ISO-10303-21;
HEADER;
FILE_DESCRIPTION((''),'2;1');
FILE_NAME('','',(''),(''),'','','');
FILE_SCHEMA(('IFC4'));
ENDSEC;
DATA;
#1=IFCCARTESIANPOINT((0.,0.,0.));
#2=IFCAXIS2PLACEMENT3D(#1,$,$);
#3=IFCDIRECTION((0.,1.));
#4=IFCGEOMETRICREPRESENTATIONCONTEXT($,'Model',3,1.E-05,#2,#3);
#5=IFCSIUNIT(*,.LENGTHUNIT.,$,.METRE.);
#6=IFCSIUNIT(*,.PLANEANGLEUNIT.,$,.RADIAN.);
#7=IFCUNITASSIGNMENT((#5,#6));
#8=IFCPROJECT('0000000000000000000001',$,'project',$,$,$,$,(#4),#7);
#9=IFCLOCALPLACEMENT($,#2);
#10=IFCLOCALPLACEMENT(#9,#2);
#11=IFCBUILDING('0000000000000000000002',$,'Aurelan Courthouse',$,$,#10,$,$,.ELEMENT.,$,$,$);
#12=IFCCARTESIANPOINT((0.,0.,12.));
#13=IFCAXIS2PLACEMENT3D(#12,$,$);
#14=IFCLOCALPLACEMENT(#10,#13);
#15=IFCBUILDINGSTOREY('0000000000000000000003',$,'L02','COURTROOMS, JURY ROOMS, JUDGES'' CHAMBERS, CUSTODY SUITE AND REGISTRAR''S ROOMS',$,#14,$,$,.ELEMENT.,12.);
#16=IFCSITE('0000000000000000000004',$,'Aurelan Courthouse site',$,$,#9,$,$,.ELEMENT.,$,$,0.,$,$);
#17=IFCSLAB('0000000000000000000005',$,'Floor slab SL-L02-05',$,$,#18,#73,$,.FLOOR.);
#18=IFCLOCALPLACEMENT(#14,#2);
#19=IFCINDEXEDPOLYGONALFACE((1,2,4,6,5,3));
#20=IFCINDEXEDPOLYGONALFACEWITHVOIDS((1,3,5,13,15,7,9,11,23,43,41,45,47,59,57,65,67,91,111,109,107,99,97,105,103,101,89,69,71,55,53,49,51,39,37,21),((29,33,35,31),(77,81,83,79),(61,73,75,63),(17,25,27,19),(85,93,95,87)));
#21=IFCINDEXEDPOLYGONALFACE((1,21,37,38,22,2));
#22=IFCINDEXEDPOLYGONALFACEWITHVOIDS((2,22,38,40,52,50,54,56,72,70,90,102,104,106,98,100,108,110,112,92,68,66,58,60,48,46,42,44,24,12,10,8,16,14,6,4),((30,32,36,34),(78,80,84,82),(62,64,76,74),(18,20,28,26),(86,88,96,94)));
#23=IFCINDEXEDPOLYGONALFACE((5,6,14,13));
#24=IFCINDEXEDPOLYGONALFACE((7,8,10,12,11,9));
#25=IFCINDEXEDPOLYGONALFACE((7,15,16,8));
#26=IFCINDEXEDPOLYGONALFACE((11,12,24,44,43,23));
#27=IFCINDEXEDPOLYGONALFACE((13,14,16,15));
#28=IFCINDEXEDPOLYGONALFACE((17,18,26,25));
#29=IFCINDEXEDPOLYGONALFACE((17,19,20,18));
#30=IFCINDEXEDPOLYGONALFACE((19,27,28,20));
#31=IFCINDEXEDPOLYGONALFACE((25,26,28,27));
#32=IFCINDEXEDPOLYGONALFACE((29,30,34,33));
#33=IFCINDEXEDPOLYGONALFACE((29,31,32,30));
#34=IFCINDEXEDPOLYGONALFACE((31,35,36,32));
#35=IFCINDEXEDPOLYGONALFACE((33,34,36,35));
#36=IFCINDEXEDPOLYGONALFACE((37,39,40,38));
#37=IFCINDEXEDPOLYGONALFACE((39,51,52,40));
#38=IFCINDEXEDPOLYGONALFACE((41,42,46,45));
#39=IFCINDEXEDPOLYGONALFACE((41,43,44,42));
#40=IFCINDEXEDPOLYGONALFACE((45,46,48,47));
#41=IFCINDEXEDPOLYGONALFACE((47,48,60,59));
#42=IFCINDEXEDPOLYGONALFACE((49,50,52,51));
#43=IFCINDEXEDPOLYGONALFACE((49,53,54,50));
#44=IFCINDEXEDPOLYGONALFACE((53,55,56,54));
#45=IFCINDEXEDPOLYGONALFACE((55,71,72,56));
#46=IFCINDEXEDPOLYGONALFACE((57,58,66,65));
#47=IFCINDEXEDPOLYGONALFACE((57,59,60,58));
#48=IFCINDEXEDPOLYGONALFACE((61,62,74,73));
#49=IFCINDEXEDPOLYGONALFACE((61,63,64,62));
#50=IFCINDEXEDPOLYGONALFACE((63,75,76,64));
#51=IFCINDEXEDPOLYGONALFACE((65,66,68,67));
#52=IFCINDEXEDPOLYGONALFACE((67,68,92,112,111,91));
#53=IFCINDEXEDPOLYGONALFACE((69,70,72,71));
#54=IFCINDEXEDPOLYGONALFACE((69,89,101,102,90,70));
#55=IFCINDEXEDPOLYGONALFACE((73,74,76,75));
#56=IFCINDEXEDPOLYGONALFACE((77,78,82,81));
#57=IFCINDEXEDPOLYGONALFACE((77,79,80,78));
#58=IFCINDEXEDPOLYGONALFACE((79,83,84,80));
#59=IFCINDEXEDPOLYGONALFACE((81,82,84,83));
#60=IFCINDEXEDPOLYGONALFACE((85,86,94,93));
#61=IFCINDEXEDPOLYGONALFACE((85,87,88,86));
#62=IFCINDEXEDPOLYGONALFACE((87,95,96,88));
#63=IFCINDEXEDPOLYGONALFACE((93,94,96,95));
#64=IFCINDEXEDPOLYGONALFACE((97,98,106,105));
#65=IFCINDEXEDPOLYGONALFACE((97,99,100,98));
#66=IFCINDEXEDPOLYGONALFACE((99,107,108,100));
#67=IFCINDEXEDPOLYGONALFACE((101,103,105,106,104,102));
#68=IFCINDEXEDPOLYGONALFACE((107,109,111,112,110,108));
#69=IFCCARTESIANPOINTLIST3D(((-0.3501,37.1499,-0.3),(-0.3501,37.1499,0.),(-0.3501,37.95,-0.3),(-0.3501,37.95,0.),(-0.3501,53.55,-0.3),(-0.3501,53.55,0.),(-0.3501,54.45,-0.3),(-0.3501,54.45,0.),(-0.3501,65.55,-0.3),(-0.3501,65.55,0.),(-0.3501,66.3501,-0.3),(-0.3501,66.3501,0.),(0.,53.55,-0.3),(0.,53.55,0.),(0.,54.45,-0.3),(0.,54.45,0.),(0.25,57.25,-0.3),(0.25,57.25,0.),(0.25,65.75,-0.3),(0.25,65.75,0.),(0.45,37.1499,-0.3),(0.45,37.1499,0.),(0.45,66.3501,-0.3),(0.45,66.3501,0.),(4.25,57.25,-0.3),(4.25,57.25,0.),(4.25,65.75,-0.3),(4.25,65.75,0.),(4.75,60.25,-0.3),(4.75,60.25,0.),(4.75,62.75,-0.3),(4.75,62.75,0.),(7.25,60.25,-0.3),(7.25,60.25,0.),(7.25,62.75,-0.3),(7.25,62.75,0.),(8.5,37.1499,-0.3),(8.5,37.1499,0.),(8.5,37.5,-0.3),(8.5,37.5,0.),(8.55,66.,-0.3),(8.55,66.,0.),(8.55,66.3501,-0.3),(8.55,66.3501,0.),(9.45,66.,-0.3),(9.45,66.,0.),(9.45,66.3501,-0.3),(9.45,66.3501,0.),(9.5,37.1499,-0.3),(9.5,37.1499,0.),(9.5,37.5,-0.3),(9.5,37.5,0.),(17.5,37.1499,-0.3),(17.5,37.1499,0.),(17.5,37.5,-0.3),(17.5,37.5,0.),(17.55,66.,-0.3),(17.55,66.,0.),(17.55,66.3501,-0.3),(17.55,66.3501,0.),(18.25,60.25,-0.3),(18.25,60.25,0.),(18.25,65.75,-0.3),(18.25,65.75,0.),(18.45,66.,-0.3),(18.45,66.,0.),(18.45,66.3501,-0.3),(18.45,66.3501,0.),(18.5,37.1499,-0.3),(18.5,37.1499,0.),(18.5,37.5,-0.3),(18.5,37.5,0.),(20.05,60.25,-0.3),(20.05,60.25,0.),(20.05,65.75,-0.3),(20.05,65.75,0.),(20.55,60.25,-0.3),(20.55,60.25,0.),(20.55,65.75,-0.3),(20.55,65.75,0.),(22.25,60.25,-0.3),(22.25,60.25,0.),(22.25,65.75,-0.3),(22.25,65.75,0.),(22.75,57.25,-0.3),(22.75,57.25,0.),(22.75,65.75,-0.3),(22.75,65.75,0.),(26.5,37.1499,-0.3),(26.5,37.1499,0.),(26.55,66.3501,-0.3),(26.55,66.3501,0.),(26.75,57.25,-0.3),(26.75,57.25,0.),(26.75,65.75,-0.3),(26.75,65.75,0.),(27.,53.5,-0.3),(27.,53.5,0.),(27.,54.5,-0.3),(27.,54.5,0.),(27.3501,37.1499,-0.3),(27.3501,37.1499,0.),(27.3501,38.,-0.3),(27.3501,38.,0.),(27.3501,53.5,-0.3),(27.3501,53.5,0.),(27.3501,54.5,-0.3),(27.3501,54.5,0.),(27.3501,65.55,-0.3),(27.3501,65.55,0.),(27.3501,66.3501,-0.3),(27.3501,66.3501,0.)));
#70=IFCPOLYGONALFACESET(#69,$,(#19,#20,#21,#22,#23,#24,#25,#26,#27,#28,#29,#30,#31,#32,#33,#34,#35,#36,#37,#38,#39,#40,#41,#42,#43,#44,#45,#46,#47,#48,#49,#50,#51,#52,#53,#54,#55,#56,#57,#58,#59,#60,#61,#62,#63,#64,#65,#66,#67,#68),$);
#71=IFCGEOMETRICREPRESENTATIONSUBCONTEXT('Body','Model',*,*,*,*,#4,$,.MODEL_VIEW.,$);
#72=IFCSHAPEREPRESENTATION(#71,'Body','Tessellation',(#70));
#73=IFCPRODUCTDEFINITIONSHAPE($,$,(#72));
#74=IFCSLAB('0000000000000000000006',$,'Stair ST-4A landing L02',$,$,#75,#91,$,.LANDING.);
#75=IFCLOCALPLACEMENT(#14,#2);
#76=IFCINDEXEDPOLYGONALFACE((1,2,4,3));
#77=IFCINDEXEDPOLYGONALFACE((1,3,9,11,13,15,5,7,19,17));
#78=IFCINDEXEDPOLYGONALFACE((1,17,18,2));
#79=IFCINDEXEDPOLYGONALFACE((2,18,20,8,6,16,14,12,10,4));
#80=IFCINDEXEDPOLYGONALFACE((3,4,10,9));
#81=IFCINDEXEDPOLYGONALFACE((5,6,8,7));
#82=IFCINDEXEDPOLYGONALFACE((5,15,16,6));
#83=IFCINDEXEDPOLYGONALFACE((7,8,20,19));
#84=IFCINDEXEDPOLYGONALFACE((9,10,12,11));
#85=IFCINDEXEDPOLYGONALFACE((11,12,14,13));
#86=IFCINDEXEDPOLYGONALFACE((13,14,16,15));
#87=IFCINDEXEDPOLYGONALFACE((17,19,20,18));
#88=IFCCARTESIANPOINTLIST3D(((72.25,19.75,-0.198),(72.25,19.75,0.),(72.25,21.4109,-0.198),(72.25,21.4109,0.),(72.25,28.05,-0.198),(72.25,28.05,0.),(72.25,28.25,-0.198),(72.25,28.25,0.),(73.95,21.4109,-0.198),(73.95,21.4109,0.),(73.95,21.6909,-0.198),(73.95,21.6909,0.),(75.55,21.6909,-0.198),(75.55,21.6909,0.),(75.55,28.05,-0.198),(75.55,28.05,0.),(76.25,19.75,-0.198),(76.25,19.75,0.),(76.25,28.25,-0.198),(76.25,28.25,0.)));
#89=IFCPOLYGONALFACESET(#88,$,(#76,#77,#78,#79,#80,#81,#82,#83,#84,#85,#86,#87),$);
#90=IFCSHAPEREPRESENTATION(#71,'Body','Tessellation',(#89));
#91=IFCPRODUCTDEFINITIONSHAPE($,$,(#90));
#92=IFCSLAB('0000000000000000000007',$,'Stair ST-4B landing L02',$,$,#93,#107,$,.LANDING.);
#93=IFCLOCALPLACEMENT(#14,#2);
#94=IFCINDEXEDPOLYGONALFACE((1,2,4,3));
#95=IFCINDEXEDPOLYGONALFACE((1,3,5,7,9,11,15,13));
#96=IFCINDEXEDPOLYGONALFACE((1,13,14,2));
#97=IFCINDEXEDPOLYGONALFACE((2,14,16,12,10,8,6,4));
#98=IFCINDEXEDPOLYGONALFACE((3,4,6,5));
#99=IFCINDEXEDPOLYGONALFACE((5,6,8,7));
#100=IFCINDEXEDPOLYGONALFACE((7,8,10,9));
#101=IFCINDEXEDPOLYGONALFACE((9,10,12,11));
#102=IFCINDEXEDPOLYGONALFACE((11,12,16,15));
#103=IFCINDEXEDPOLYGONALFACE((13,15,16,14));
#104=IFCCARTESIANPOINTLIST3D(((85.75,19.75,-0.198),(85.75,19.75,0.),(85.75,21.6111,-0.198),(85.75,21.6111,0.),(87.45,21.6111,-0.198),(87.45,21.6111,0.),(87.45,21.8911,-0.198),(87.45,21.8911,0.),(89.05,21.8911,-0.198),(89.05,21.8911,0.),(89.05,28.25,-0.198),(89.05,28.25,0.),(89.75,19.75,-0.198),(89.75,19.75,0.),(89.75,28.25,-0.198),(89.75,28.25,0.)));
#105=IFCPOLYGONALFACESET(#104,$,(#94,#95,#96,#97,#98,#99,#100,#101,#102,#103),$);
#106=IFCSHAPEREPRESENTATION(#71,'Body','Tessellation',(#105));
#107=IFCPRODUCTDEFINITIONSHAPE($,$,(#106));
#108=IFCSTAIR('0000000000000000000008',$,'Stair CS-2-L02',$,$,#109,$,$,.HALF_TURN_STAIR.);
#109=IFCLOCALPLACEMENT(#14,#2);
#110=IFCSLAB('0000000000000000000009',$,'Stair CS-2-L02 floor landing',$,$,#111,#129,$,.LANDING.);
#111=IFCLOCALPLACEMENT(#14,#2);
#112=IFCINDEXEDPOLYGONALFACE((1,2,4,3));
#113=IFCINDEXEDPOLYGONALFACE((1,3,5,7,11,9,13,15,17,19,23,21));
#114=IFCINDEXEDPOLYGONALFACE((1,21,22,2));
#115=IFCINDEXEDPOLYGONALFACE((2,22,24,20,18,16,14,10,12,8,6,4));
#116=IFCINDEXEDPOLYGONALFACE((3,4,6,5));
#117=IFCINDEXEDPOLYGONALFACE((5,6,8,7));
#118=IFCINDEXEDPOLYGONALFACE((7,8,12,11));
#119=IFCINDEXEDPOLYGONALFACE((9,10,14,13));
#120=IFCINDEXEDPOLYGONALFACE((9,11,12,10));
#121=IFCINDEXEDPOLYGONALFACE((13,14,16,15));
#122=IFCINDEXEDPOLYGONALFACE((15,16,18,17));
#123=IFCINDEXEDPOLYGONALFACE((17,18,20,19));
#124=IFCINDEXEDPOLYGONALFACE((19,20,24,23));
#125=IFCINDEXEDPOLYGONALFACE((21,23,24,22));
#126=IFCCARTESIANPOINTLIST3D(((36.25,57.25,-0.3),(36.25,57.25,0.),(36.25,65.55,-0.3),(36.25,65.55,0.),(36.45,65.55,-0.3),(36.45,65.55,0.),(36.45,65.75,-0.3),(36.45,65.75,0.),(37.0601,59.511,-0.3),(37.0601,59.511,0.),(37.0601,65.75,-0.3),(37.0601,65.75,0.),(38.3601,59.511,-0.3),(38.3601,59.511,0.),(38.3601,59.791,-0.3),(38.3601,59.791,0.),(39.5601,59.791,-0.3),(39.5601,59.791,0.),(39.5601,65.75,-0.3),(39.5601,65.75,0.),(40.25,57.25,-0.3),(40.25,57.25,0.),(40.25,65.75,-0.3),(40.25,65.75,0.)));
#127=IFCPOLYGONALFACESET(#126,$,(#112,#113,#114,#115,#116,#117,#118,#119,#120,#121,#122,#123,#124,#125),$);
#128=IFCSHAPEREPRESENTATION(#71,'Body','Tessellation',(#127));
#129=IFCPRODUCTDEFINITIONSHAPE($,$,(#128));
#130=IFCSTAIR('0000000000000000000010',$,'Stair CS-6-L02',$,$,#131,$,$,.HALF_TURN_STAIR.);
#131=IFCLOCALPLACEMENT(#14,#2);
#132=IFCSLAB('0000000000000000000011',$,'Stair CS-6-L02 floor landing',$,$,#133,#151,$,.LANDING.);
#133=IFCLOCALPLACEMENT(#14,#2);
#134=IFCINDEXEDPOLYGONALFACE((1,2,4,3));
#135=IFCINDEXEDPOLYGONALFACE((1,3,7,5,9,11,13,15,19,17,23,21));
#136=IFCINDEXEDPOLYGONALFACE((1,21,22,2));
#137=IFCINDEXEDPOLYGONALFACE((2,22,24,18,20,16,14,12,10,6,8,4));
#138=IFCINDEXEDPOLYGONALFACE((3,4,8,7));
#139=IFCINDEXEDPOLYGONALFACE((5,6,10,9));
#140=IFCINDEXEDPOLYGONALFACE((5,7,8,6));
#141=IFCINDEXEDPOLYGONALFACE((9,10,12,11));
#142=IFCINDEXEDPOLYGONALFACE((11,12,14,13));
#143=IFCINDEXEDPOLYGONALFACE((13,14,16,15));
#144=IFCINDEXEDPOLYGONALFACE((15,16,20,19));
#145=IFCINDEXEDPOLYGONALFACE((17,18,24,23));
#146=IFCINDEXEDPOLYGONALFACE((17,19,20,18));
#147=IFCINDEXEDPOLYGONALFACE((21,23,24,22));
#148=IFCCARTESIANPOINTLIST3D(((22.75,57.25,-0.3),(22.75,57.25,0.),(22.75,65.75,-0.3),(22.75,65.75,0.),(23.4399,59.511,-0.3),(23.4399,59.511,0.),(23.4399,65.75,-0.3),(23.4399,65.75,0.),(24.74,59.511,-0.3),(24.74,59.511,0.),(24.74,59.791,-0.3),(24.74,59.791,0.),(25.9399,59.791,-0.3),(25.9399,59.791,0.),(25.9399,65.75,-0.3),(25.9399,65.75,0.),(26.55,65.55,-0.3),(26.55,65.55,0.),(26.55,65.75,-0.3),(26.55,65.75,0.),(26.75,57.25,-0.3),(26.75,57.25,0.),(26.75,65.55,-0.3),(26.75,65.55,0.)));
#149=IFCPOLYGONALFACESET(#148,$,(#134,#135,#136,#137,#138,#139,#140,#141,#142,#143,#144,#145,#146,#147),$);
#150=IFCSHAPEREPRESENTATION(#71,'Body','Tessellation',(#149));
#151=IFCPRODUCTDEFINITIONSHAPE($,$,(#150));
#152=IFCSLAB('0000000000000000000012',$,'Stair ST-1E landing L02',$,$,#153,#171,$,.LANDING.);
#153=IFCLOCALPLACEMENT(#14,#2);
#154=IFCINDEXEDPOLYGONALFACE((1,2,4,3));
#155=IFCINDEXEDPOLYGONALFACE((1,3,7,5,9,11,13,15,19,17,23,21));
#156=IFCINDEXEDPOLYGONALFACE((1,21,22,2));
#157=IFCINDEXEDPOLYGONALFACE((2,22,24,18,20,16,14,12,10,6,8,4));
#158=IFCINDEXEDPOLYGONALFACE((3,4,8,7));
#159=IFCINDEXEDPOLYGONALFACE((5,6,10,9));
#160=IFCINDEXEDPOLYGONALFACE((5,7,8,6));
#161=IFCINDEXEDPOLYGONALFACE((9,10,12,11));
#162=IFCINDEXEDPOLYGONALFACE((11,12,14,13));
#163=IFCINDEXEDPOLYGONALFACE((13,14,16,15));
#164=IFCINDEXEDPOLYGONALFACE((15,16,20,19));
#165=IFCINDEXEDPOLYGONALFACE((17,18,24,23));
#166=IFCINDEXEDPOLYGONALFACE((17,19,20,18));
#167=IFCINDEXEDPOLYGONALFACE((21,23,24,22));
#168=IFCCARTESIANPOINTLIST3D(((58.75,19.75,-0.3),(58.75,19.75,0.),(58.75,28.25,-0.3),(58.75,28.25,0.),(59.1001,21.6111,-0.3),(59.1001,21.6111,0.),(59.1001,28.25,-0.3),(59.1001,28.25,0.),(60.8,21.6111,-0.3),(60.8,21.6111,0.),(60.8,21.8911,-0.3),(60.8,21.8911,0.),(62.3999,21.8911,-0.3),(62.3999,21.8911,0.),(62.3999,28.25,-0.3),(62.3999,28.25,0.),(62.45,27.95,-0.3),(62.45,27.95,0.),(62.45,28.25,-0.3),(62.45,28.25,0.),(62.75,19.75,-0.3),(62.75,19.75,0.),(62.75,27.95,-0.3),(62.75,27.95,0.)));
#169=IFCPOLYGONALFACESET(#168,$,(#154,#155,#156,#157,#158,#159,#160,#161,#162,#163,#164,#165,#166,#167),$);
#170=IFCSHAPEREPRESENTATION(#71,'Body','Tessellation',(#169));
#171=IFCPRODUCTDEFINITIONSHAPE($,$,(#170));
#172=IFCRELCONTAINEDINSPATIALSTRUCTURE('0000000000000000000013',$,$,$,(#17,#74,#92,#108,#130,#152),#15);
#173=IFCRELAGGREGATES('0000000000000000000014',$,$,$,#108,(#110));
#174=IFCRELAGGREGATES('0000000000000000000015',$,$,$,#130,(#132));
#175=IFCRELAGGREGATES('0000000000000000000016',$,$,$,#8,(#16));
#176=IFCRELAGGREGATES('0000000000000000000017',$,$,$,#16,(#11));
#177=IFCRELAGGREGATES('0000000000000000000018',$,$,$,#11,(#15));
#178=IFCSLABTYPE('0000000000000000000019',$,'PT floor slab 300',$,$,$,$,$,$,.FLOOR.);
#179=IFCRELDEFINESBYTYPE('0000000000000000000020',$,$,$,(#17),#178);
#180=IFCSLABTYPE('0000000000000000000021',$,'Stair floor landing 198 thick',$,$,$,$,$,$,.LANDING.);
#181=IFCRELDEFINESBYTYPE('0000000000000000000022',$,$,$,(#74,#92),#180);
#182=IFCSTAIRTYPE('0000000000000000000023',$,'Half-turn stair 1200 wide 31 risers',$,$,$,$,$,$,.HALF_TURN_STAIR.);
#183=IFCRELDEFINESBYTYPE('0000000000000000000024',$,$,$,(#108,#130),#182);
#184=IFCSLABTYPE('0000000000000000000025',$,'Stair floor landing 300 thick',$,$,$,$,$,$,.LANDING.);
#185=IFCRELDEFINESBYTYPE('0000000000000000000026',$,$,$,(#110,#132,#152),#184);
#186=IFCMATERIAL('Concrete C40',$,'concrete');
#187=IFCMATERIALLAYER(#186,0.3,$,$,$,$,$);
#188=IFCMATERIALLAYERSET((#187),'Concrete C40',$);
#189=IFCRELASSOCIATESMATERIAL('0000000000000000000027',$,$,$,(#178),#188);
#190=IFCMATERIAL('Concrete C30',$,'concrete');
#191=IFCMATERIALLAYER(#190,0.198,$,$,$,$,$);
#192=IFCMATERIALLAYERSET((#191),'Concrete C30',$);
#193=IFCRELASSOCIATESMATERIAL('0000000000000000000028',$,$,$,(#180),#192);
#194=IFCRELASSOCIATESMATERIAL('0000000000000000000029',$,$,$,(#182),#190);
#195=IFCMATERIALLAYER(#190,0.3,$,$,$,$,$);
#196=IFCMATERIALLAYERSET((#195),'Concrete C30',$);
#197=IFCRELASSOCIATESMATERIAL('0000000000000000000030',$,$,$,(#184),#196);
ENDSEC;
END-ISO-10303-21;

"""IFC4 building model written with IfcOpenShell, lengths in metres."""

from ifc_helpers import new_model, si_unit, direction, frame, origin, place, context, subcontext, project, spatial, polyline, outline, extrude, material, layer, layer_set, type_object, element, aggregate, save


model = new_model("IFC4")

# Units and contexts
model_context = context("Model", 3, precision=1e-05, world=origin(), true_north=direction((0.0, 1.0)))
body_context = subcontext(model_context, "Body", "Model", "MODEL_VIEW")
ifc_project = project(units=[si_unit("LENGTHUNIT", "METRE"), si_unit("PLANEANGLEUNIT", "RADIAN")], contexts=[model_context])

# Site, building, storey
site_placement = place(None, origin())
site = spatial("IfcSite", under=ifc_project, at=site_placement, Name="Aurelan Courthouse site", CompositionType="ELEMENT", RefElevation=0.0)
building_placement = place(site_placement, origin())
building = spatial("IfcBuilding", under=site, at=building_placement, Name="Aurelan Courthouse", CompositionType="ELEMENT")
storey_placement = place(building_placement, frame((0.0, 0.0, 12.0)))
storey = spatial("IfcBuildingStorey", under=building, at=storey_placement, Name="L02", Description="COURTROOMS, JURY ROOMS, JUDGES' CHAMBERS, CUSTODY SUITE AND REGISTRAR'S ROOMS", CompositionType="ELEMENT", Elevation=12.0)

# Slabs
ifc_material_1 = material(Name="Concrete C40", Category="concrete")
ifc_layer_1 = layer(ifc_material_1, 0.3)
ifc_layer_set_1 = layer_set([ifc_layer_1], Name="Concrete C40")
slab_type_1 = type_object("IfcSlabType", Name="PT floor slab 300", PredefinedType="FLOOR", material=ifc_layer_set_1)
slab_1_placement = place(storey_placement, frame((0.0, 0.0, -0.3)))
element("IfcSlab", 1, at=slab_1_placement, inside=storey, type_object=slab_type_1, Name="Floor slab SL-L02-05", PredefinedType="FLOOR", context=body_context, shape_type="SweptSolid", body=[
    extrude(outline(polyline([(0.0, 54.45), (0.0, 53.55), (-0.3501, 53.55), (-0.3501, 37.95), (-0.3501, 37.1499), (0.45, 37.1499), (8.5, 37.1499), (8.5, 37.5), (9.5, 37.5), (9.5, 37.1499), (17.5, 37.1499), (17.5, 37.5), (18.5, 37.5), (18.5, 37.1499), (26.5, 37.1499), (27.3501, 37.1499), (27.3501, 38.0), (27.3501, 53.5), (27.0, 53.5), (27.0, 54.5), (27.3501, 54.5), (27.3501, 65.55), (27.3501, 66.3501), (26.55, 66.3501), (18.45, 66.3501), (18.45, 66.0), (17.55, 66.0), (17.55, 66.3501), (9.45, 66.3501), (9.45, 66.0), (8.55, 66.0), (8.55, 66.3501), (0.45, 66.3501), (-0.3501, 66.3501), (-0.3501, 65.55), (-0.3501, 54.45), (0.0, 54.45)]), holes=[polyline([(26.75, 65.75), (26.75, 57.25), (22.75, 57.25), (22.75, 65.75), (26.75, 65.75)]), polyline([(20.55, 65.75), (22.25, 65.75), (22.25, 60.25), (20.55, 60.25), (20.55, 65.75)]), polyline([(18.25, 60.25), (18.25, 65.75), (20.05, 65.75), (20.05, 60.25), (18.25, 60.25)]), polyline([(7.25, 62.75), (7.25, 60.25), (4.75, 60.25), (4.75, 62.75), (7.25, 62.75)]), polyline([(4.25, 57.25), (0.25, 57.25), (0.25, 65.75), (4.25, 65.75), (4.25, 57.25)])]), origin(), (0.0, 0.0, 1.0), 0.3),
])
ifc_material_2 = material(Name="Concrete C30", Category="concrete")
ifc_layer_2 = layer(ifc_material_2, 0.198)
ifc_layer_set_2 = layer_set([ifc_layer_2], Name="Concrete C30")
slab_type_2 = type_object("IfcSlabType", Name="Stair floor landing 198 thick", PredefinedType="LANDING", material=ifc_layer_set_2)
slab_2_placement = place(storey_placement, frame((0.0, 0.0, -0.198)))
element("IfcSlab", 2, at=slab_2_placement, inside=storey, type_object=slab_type_2, Name="Stair ST-4A landing L02", PredefinedType="LANDING", context=body_context, shape_type="SweptSolid", body=[
    extrude(outline(polyline([(73.95, 21.6909), (75.55, 21.6909), (75.55, 28.05), (72.25, 28.05), (72.25, 28.25), (76.25, 28.25), (76.25, 19.75), (72.25, 19.75), (72.25, 21.4109), (73.95, 21.4109), (73.95, 21.6909)])), origin(), (0.0, 0.0, 1.0), 0.198),
])
slab_3_placement = place(storey_placement, frame((0.0, 0.0, -0.198)))
element("IfcSlab", 3, at=slab_3_placement, inside=storey, type_object=slab_type_2, Name="Stair ST-4B landing L02", PredefinedType="LANDING", context=body_context, shape_type="SweptSolid", body=[
    extrude(outline(polyline([(87.45, 21.8911), (89.05, 21.8911), (89.05, 28.25), (89.75, 28.25), (89.75, 19.75), (85.75, 19.75), (85.75, 21.6111), (87.45, 21.6111), (87.45, 21.8911)])), origin(), (0.0, 0.0, 1.0), 0.198),
])

# Stairs, slabs
stair_type_1 = type_object("IfcStairType", Name="Half-turn stair 1200 wide 31 risers", PredefinedType="HALF_TURN_STAIR", material=ifc_material_2)
stair_1_placement = place(storey_placement, origin())
stair_1 = element("IfcStair", 4, at=stair_1_placement, inside=storey, type_object=stair_type_1, Name="Stair CS-2-L02", PredefinedType="HALF_TURN_STAIR")
ifc_layer_3 = layer(ifc_material_2, 0.3)
ifc_layer_set_3 = layer_set([ifc_layer_3], Name="Concrete C30")
slab_type_3 = type_object("IfcSlabType", Name="Stair floor landing 300 thick", PredefinedType="LANDING", material=ifc_layer_set_3)
slab_4_placement = place(storey_placement, frame((0.0, 0.0, -0.3)))
slab_4 = element("IfcSlab", 5, at=slab_4_placement, type_object=slab_type_3, Name="Stair CS-2-L02 floor landing", PredefinedType="LANDING", context=body_context, shape_type="SweptSolid", body=[
    extrude(outline(polyline([(37.0601, 59.511), (38.3601, 59.511), (38.3601, 59.791), (39.5601, 59.791), (39.5601, 65.75), (40.25, 65.75), (40.25, 57.25), (36.25, 57.25), (36.25, 65.55), (36.45, 65.55), (36.45, 65.75), (37.0601, 65.75), (37.0601, 59.511)])), origin(), (0.0, 0.0, 1.0), 0.3),
])
aggregate(stair_1, [slab_4])
stair_2_placement = place(storey_placement, origin())
stair_2 = element("IfcStair", 6, at=stair_2_placement, inside=storey, type_object=stair_type_1, Name="Stair CS-6-L02", PredefinedType="HALF_TURN_STAIR")
slab_5_placement = place(storey_placement, frame((0.0, 0.0, -0.3)))
slab_5 = element("IfcSlab", 7, at=slab_5_placement, type_object=slab_type_3, Name="Stair CS-6-L02 floor landing", PredefinedType="LANDING", context=body_context, shape_type="SweptSolid", body=[
    extrude(outline(polyline([(23.4399, 59.511), (24.74, 59.511), (24.74, 59.791), (25.9399, 59.791), (25.9399, 65.75), (26.55, 65.75), (26.55, 65.55), (26.75, 65.55), (26.75, 57.25), (22.75, 57.25), (22.75, 65.75), (23.4399, 65.75), (23.4399, 59.511)])), origin(), (0.0, 0.0, 1.0), 0.3),
])
aggregate(stair_2, [slab_5])

# Slab
slab_6_placement = place(storey_placement, frame((0.0, 0.0, -0.3)))
element("IfcSlab", 8, at=slab_6_placement, inside=storey, type_object=slab_type_3, Name="Stair ST-1E landing L02", PredefinedType="LANDING", context=body_context, shape_type="SweptSolid", body=[
    extrude(outline(polyline([(59.1001, 21.6111), (60.8, 21.6111), (60.8, 21.8911), (62.3999, 21.8911), (62.3999, 28.25), (62.45, 28.25), (62.45, 27.95), (62.75, 27.95), (62.75, 19.75), (58.75, 19.75), (58.75, 28.25), (59.1001, 28.25), (59.1001, 21.6111)])), origin(), (0.0, 0.0, 1.0), 0.3),
])

save(model, "model.ifc")
